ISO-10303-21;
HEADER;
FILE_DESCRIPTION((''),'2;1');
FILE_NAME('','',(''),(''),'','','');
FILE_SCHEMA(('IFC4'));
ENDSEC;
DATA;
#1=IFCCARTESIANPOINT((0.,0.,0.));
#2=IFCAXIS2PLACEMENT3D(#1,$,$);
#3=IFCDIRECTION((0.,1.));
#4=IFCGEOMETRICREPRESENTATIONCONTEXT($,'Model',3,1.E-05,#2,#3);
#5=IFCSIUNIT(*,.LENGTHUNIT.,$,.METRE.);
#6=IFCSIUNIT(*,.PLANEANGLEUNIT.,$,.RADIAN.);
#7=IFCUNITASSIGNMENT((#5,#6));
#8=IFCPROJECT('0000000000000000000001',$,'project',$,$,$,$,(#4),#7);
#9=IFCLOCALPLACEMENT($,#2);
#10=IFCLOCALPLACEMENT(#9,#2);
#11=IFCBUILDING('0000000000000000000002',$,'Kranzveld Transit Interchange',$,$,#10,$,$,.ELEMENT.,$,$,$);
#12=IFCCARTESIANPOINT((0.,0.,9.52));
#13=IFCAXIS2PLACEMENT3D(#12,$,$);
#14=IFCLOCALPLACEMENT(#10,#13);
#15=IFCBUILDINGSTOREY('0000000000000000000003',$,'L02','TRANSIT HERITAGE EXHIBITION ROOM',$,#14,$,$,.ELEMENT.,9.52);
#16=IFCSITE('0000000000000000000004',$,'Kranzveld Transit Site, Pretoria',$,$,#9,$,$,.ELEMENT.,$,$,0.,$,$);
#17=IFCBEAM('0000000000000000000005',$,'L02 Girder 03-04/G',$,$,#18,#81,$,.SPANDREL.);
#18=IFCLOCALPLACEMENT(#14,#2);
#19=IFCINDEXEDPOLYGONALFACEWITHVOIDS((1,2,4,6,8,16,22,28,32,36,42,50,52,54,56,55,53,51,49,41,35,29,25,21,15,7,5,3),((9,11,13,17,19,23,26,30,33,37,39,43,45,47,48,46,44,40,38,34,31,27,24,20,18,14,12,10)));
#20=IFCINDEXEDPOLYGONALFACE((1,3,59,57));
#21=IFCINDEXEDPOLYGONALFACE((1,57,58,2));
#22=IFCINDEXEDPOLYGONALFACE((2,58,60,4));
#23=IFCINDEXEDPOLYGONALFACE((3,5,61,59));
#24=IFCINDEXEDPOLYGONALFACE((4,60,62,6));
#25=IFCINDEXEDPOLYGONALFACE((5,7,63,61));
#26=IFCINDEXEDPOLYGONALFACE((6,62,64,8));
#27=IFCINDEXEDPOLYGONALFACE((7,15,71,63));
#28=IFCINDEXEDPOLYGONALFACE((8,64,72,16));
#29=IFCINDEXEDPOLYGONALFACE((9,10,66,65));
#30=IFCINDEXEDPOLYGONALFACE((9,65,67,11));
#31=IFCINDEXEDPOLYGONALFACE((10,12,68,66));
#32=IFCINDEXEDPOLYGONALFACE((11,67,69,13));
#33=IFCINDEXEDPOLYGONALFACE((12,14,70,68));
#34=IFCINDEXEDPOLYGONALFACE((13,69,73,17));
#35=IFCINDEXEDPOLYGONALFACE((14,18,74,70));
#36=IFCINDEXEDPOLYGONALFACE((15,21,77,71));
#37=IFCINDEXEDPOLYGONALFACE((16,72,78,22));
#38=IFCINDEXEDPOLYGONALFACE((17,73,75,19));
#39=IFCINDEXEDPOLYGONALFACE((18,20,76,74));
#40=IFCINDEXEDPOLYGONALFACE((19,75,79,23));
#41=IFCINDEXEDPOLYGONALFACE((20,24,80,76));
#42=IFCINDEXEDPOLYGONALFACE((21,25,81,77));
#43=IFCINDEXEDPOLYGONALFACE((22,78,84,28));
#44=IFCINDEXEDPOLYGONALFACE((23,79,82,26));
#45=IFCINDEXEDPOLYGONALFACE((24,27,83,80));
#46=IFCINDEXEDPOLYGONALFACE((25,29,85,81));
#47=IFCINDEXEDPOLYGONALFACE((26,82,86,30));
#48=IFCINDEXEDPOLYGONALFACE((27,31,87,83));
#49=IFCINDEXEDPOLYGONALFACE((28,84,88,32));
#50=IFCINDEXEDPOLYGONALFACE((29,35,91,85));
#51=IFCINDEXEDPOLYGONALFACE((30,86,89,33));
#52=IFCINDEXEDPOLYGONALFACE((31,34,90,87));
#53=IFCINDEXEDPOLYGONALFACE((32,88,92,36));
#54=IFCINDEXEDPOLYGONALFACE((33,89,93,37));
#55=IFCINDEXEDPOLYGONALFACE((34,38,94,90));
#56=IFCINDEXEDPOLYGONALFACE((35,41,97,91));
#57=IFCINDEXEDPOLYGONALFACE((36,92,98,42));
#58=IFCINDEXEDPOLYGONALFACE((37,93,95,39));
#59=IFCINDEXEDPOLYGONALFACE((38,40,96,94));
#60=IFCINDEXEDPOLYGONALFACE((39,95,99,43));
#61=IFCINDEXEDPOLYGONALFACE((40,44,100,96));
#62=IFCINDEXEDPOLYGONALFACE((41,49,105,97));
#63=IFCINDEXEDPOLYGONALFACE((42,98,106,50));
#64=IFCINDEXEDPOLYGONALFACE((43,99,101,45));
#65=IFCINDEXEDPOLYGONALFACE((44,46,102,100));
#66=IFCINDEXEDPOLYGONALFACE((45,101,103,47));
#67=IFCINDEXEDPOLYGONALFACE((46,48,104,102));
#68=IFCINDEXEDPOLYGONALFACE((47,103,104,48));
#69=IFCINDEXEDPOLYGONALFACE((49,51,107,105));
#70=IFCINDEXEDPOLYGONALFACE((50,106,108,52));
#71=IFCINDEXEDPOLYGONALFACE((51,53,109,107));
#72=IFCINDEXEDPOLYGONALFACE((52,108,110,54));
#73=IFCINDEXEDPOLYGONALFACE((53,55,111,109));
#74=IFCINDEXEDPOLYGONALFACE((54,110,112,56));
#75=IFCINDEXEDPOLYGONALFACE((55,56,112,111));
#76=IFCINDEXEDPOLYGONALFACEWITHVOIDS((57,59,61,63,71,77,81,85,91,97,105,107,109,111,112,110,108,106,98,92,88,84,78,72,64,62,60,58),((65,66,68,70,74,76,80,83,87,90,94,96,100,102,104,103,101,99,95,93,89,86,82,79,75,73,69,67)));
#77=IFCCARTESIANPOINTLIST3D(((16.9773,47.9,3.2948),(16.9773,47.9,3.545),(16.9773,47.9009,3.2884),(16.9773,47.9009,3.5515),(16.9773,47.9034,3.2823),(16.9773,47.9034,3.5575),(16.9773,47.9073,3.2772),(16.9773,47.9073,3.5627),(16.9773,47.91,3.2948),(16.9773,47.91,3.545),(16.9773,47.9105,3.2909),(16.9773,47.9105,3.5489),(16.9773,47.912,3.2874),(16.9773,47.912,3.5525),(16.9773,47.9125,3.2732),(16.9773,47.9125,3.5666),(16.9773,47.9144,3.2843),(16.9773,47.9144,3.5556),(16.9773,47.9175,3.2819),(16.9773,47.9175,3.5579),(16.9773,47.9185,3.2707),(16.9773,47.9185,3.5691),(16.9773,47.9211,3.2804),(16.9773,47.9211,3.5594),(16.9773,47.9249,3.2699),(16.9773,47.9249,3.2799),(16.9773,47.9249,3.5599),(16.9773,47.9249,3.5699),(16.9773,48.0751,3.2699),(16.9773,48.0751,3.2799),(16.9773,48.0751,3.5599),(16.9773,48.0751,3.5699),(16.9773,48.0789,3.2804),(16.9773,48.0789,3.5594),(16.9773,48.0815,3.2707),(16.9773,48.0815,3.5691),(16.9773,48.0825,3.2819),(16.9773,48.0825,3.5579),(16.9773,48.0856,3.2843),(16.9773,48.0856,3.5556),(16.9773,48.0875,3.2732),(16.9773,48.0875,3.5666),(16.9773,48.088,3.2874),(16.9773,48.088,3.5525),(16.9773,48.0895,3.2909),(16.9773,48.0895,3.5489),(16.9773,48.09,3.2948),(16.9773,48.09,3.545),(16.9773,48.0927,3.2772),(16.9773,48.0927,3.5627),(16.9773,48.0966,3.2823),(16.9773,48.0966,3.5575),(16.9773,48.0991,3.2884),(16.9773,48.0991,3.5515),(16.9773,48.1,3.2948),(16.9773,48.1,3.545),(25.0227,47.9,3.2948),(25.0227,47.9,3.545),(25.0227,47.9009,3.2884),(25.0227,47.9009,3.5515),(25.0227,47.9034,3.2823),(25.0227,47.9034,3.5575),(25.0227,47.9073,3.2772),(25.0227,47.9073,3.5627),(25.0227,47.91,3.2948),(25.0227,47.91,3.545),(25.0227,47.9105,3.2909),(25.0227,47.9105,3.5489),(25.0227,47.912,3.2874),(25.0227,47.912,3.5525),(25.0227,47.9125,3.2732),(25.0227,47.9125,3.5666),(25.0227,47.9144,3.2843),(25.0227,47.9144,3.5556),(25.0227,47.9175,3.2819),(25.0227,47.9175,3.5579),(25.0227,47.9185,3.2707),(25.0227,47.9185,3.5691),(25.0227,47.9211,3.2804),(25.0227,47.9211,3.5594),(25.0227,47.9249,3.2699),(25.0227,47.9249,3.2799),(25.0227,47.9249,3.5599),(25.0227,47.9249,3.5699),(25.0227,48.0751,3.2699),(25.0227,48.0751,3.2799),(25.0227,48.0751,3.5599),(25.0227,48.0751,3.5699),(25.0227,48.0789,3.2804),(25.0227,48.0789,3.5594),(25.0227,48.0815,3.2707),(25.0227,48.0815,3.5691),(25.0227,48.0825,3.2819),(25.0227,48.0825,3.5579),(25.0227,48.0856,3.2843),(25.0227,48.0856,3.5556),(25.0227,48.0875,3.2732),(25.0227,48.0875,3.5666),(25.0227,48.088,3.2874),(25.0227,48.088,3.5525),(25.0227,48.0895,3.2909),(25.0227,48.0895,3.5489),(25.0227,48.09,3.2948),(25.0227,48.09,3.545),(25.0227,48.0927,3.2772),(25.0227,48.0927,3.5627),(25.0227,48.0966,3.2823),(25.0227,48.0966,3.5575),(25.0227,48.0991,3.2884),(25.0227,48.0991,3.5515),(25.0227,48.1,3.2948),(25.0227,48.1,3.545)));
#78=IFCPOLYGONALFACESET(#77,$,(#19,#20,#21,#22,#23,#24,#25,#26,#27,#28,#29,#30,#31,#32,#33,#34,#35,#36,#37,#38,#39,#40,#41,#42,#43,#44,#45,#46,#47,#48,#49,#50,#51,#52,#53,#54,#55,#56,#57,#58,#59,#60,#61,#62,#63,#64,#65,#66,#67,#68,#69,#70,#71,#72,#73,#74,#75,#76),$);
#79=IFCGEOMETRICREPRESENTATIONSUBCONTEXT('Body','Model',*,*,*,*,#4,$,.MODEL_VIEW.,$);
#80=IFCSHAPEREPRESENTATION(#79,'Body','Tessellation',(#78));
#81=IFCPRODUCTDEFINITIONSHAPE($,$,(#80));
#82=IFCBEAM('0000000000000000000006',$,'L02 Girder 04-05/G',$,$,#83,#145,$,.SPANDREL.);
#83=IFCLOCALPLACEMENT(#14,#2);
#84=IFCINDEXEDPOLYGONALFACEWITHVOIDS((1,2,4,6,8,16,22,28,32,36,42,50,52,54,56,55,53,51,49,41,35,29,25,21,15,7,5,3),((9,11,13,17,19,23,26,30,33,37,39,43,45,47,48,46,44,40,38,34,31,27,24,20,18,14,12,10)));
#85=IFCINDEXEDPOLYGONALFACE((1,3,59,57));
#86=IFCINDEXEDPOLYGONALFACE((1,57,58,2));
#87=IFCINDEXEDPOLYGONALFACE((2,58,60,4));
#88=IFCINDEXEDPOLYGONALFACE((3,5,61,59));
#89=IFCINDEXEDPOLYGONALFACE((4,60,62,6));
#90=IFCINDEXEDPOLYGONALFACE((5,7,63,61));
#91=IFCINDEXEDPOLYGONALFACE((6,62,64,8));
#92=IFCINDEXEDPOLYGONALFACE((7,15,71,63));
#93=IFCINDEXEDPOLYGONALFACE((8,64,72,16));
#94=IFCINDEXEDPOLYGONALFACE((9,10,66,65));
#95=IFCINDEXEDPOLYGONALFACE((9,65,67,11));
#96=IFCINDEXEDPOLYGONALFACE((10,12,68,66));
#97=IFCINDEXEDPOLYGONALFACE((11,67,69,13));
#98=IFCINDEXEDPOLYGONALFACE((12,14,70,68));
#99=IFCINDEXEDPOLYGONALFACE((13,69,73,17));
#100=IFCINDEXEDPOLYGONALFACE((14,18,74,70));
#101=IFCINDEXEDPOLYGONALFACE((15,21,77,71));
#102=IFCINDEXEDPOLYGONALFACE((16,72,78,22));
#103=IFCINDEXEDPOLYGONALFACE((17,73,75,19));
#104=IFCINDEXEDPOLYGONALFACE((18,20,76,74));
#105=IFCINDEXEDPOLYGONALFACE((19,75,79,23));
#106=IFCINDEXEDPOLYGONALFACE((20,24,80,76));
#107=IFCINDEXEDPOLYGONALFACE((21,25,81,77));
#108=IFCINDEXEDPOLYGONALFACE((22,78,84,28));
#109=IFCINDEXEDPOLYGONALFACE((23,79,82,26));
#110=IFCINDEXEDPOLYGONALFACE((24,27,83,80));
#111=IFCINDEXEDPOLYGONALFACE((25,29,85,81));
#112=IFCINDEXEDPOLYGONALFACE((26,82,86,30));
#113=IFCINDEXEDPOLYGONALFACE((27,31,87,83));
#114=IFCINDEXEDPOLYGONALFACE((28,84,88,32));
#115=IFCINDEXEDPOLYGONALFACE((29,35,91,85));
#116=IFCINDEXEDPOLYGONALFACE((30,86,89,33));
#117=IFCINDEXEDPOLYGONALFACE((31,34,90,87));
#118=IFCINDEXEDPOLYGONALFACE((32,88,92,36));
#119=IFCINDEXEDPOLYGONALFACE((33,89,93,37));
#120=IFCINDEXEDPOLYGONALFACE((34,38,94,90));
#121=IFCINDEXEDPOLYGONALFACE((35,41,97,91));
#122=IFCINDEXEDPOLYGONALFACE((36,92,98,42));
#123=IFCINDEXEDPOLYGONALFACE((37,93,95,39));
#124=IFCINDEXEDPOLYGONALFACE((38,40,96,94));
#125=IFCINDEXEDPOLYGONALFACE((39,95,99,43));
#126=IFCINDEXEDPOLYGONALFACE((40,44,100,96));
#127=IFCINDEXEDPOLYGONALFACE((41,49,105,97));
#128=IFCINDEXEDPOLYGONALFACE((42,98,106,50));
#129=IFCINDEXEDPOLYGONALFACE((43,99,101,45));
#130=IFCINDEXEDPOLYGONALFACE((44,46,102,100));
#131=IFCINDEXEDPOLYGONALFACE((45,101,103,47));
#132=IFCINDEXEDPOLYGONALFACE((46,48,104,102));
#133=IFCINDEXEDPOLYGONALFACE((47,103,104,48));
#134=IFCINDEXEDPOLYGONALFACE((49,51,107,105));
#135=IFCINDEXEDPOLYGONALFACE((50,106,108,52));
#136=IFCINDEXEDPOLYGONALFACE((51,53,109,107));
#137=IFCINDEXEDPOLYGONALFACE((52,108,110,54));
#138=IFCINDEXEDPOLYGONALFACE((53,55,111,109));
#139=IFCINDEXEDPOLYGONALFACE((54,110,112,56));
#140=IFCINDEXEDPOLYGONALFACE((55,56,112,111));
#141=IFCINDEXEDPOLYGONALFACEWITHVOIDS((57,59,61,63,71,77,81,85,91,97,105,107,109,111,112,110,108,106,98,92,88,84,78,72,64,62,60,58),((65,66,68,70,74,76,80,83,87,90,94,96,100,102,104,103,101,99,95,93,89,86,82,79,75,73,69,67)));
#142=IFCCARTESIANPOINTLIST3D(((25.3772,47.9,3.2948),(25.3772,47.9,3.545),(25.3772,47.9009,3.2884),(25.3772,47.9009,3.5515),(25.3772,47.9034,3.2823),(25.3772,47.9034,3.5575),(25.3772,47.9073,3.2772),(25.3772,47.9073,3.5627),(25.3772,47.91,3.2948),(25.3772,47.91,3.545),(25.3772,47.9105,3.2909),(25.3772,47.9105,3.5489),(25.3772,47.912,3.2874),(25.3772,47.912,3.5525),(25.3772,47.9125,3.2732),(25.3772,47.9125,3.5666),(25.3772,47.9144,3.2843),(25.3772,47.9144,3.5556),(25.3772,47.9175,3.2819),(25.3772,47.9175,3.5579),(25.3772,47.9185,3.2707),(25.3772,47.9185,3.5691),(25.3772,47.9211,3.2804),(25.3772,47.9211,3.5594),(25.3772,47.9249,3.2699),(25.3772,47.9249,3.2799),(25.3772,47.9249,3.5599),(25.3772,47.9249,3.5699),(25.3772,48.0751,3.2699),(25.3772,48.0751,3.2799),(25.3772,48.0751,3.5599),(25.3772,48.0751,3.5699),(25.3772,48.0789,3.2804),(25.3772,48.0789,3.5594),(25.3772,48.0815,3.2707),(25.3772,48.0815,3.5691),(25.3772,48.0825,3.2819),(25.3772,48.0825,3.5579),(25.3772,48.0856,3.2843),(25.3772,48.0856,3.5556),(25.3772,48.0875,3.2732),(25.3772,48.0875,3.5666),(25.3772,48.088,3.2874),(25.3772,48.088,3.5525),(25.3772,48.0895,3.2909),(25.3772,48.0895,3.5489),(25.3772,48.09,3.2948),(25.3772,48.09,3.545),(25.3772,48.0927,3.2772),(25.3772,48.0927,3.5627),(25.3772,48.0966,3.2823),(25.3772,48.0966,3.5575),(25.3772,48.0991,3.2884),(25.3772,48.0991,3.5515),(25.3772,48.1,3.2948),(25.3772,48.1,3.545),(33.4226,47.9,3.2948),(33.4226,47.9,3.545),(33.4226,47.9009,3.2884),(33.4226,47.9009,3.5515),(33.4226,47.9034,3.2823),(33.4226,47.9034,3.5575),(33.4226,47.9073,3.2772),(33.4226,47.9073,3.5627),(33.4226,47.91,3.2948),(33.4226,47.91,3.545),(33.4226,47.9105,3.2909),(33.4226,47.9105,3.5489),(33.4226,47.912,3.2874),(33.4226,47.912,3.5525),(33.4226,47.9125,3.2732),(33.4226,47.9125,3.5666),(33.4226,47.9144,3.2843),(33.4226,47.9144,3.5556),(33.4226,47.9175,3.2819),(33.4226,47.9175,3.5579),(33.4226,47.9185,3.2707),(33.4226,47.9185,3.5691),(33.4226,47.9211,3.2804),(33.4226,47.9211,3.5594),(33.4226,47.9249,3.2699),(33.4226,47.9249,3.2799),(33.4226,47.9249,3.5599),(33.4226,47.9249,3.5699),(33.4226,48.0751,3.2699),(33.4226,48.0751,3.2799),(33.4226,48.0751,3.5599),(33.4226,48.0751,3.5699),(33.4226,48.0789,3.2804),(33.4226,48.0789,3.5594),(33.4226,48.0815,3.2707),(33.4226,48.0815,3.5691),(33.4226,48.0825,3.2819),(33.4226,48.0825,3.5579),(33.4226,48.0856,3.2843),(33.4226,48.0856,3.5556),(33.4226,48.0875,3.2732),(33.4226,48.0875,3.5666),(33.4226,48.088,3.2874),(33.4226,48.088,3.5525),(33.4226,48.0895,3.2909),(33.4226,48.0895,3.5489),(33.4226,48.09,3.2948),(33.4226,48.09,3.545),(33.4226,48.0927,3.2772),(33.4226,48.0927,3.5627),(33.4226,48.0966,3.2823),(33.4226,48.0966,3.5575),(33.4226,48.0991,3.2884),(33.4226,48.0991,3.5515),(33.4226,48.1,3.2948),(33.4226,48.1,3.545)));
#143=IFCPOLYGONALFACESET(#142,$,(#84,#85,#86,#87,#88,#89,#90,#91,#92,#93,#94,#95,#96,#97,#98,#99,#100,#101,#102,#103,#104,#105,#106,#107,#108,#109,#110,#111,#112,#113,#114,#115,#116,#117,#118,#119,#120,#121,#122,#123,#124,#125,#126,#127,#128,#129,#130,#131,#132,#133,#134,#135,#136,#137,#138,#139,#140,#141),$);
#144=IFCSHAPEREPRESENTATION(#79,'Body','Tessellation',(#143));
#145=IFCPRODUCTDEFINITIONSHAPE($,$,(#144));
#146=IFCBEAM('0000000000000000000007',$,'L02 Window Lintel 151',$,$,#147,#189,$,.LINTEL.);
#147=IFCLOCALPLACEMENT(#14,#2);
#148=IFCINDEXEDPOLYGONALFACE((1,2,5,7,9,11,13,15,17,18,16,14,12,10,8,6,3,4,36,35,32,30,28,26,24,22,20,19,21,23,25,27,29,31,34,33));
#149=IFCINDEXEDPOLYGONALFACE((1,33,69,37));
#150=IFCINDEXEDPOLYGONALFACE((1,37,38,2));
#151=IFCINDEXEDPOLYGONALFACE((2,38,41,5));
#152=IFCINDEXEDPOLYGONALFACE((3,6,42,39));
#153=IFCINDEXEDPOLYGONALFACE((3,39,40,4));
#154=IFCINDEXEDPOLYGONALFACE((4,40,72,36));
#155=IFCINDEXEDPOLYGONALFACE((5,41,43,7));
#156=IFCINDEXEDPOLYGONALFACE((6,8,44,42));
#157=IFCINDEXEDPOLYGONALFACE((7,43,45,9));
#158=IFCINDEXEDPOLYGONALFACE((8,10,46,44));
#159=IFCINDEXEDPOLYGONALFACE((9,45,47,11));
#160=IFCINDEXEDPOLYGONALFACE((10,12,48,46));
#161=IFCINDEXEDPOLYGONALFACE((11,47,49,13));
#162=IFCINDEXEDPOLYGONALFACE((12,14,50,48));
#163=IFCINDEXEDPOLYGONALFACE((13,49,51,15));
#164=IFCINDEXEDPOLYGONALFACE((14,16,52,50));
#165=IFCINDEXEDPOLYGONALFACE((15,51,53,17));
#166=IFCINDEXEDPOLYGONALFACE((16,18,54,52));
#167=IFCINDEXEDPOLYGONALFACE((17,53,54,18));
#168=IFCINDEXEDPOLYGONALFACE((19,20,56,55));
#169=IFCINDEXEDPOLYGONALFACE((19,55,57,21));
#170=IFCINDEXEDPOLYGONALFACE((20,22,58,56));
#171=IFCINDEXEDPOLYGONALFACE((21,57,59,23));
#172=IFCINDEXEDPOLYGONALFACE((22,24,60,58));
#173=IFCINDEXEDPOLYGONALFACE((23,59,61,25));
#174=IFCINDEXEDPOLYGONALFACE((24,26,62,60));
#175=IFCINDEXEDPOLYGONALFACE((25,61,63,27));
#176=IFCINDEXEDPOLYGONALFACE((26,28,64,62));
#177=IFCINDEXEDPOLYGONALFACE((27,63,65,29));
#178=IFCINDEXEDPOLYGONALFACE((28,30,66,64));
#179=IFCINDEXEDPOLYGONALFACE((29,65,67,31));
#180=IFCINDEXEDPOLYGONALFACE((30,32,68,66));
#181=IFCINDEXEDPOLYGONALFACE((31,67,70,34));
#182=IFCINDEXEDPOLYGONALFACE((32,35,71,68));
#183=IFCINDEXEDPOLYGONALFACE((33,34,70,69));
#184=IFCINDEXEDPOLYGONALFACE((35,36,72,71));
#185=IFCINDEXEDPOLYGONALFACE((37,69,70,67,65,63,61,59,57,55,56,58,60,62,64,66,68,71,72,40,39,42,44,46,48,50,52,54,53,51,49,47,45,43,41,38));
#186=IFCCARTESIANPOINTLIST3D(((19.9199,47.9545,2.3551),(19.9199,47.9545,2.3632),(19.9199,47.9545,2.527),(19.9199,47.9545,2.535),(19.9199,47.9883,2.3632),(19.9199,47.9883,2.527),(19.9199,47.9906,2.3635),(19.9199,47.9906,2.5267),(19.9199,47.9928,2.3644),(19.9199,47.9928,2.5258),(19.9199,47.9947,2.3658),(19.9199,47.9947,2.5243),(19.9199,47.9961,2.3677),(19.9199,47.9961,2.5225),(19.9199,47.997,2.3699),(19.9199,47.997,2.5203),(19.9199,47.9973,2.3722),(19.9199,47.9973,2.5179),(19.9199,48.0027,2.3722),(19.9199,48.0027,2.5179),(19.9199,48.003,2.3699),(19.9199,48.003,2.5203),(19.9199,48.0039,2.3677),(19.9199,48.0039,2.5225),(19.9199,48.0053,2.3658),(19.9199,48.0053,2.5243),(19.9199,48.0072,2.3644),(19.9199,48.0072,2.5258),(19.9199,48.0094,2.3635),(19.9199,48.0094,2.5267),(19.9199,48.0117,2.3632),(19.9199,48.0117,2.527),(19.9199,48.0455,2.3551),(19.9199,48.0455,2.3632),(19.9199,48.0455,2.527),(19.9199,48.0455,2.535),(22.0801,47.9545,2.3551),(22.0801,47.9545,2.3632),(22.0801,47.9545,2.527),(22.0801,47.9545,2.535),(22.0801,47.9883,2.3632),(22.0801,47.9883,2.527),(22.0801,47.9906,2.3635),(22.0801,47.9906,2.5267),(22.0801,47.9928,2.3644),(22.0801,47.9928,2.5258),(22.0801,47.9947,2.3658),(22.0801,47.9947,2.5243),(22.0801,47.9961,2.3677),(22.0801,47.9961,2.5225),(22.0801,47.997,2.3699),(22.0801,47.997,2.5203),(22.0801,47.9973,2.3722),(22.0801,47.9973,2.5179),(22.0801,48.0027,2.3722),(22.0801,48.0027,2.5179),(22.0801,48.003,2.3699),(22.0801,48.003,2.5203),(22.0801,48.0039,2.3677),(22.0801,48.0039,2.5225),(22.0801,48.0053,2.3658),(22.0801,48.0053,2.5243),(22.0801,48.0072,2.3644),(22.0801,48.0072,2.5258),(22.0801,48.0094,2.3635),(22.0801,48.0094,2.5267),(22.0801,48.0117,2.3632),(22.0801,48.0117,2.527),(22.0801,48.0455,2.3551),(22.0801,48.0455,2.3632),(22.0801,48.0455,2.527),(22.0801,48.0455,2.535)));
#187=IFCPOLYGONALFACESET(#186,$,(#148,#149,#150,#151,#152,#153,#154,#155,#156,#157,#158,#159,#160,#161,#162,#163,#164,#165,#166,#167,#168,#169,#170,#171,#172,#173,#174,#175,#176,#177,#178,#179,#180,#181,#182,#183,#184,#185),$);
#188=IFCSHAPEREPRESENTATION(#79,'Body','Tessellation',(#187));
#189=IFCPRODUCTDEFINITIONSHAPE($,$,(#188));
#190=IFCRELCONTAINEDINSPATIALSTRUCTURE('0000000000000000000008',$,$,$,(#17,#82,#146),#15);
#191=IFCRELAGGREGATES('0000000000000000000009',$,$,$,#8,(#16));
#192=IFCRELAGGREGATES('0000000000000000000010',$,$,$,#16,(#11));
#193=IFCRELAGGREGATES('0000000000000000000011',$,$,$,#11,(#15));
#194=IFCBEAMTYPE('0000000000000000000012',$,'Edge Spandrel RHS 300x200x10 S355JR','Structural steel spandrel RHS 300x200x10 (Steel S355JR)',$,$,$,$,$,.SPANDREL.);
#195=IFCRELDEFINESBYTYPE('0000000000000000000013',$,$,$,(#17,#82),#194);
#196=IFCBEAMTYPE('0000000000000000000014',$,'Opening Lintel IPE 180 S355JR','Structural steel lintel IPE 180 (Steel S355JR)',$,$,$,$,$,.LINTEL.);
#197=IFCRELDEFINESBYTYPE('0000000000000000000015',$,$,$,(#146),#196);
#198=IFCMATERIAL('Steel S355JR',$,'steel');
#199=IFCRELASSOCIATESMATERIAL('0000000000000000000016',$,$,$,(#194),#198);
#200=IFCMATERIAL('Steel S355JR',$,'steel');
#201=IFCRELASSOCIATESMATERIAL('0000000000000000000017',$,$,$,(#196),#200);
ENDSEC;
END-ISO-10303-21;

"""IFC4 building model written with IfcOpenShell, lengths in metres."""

from ifc_helpers import new_model, si_unit, direction, frame, origin, origin_2d, place, context, subcontext, project, spatial, hollow_rectangle, i_section, extrude, material, material_profile, profile_set, type_object, element, save


model = new_model("IFC4")

# Units and contexts
model_context = context("Model", 3, precision=1e-05, world=origin(), true_north=direction((0.0, 1.0)))
body_context = subcontext(model_context, "Body", "Model", "MODEL_VIEW")
ifc_project = project(units=[si_unit("LENGTHUNIT", "METRE"), si_unit("PLANEANGLEUNIT", "RADIAN")], contexts=[model_context])

# Site, building, storey
site_placement = place(None, origin())
site = spatial("IfcSite", under=ifc_project, at=site_placement, Name="Kranzveld Transit Site, Pretoria", CompositionType="ELEMENT", RefElevation=0.0)
building_placement = place(site_placement, origin())
building = spatial("IfcBuilding", under=site, at=building_placement, Name="Kranzveld Transit Interchange", CompositionType="ELEMENT")
storey_placement = place(building_placement, frame((0.0, 0.0, 9.52)))
storey = spatial("IfcBuildingStorey", under=building, at=storey_placement, Name="L02", Description="TRANSIT HERITAGE EXHIBITION ROOM", CompositionType="ELEMENT", Elevation=9.52)

# Beams
ifc_material_1 = material(Name="Steel S355JR", Category="steel")
ifc_material_profile_1 = material_profile(ifc_material_1, hollow_rectangle(XDim=0.2, YDim=0.3, WallThickness=0.01, InnerFilletRadius=0.0149, OuterFilletRadius=0.0249, at=origin_2d()), Name="RHS 300x200x10")
ifc_profile_set_1 = profile_set([ifc_material_profile_1], Name="Steel S355JR")
beam_type_1 = type_object("IfcBeamType", Name="Edge Spandrel RHS 300x200x10 S355JR", Description="Structural steel spandrel RHS 300x200x10 (Steel S355JR)", PredefinedType="SPANDREL", material=ifc_profile_set_1)
for number, where, z_axis, x_axis, name in (
    (1, (16.9773, 48.0, 3.4199), (1.0, 0.0, 0.0), (0.0, 1.0, 0.0), "L02 Girder 03-04/G"),
    (2, (25.3772, 48.0, 3.4199), (1.0, 0.0, 0.0), (0.0, 1.0, 0.0), "L02 Girder 04-05/G"),
):
    element("IfcBeam", number, at=place(storey_placement, frame(where, z_axis=z_axis, x_axis=x_axis)), inside=storey, type_object=beam_type_1, Name=name, PredefinedType="SPANDREL", context=body_context, shape_type="SweptSolid", body=[
        extrude(hollow_rectangle(XDim=0.2, YDim=0.3, WallThickness=0.01, InnerFilletRadius=0.0149, OuterFilletRadius=0.0249, at=origin_2d()), origin(), (0.0, 0.0, 1.0), 8.0454),
    ])
ifc_material_2 = material(Name="Steel S355JR", Category="steel")
ifc_material_profile_2 = material_profile(ifc_material_2, i_section(OverallWidth=0.0911, OverallDepth=0.1799, WebThickness=0.0054, FlangeThickness=0.0081, FilletRadius=0.009, at=origin_2d()), Name="IPE 180")
ifc_profile_set_2 = profile_set([ifc_material_profile_2], Name="Steel S355JR")
beam_type_2 = type_object("IfcBeamType", Name="Opening Lintel IPE 180 S355JR", Description="Structural steel lintel IPE 180 (Steel S355JR)", PredefinedType="LINTEL", material=ifc_profile_set_2)
beam_placement = place(storey_placement, frame((19.9199, 48.0, 2.4451), z_axis=(1.0, 0.0, 0.0), x_axis=(0.0, 1.0, 0.0)))
element("IfcBeam", 3, at=beam_placement, inside=storey, type_object=beam_type_2, Name="L02 Window Lintel 151", PredefinedType="LINTEL", context=body_context, shape_type="SweptSolid", body=[
    extrude(i_section(OverallWidth=0.0911, OverallDepth=0.1799, WebThickness=0.0054, FlangeThickness=0.0081, FilletRadius=0.009, at=origin_2d()), origin(), (0.0, 0.0, 1.0), 2.1602),
])

save(model, "model.ifc")
